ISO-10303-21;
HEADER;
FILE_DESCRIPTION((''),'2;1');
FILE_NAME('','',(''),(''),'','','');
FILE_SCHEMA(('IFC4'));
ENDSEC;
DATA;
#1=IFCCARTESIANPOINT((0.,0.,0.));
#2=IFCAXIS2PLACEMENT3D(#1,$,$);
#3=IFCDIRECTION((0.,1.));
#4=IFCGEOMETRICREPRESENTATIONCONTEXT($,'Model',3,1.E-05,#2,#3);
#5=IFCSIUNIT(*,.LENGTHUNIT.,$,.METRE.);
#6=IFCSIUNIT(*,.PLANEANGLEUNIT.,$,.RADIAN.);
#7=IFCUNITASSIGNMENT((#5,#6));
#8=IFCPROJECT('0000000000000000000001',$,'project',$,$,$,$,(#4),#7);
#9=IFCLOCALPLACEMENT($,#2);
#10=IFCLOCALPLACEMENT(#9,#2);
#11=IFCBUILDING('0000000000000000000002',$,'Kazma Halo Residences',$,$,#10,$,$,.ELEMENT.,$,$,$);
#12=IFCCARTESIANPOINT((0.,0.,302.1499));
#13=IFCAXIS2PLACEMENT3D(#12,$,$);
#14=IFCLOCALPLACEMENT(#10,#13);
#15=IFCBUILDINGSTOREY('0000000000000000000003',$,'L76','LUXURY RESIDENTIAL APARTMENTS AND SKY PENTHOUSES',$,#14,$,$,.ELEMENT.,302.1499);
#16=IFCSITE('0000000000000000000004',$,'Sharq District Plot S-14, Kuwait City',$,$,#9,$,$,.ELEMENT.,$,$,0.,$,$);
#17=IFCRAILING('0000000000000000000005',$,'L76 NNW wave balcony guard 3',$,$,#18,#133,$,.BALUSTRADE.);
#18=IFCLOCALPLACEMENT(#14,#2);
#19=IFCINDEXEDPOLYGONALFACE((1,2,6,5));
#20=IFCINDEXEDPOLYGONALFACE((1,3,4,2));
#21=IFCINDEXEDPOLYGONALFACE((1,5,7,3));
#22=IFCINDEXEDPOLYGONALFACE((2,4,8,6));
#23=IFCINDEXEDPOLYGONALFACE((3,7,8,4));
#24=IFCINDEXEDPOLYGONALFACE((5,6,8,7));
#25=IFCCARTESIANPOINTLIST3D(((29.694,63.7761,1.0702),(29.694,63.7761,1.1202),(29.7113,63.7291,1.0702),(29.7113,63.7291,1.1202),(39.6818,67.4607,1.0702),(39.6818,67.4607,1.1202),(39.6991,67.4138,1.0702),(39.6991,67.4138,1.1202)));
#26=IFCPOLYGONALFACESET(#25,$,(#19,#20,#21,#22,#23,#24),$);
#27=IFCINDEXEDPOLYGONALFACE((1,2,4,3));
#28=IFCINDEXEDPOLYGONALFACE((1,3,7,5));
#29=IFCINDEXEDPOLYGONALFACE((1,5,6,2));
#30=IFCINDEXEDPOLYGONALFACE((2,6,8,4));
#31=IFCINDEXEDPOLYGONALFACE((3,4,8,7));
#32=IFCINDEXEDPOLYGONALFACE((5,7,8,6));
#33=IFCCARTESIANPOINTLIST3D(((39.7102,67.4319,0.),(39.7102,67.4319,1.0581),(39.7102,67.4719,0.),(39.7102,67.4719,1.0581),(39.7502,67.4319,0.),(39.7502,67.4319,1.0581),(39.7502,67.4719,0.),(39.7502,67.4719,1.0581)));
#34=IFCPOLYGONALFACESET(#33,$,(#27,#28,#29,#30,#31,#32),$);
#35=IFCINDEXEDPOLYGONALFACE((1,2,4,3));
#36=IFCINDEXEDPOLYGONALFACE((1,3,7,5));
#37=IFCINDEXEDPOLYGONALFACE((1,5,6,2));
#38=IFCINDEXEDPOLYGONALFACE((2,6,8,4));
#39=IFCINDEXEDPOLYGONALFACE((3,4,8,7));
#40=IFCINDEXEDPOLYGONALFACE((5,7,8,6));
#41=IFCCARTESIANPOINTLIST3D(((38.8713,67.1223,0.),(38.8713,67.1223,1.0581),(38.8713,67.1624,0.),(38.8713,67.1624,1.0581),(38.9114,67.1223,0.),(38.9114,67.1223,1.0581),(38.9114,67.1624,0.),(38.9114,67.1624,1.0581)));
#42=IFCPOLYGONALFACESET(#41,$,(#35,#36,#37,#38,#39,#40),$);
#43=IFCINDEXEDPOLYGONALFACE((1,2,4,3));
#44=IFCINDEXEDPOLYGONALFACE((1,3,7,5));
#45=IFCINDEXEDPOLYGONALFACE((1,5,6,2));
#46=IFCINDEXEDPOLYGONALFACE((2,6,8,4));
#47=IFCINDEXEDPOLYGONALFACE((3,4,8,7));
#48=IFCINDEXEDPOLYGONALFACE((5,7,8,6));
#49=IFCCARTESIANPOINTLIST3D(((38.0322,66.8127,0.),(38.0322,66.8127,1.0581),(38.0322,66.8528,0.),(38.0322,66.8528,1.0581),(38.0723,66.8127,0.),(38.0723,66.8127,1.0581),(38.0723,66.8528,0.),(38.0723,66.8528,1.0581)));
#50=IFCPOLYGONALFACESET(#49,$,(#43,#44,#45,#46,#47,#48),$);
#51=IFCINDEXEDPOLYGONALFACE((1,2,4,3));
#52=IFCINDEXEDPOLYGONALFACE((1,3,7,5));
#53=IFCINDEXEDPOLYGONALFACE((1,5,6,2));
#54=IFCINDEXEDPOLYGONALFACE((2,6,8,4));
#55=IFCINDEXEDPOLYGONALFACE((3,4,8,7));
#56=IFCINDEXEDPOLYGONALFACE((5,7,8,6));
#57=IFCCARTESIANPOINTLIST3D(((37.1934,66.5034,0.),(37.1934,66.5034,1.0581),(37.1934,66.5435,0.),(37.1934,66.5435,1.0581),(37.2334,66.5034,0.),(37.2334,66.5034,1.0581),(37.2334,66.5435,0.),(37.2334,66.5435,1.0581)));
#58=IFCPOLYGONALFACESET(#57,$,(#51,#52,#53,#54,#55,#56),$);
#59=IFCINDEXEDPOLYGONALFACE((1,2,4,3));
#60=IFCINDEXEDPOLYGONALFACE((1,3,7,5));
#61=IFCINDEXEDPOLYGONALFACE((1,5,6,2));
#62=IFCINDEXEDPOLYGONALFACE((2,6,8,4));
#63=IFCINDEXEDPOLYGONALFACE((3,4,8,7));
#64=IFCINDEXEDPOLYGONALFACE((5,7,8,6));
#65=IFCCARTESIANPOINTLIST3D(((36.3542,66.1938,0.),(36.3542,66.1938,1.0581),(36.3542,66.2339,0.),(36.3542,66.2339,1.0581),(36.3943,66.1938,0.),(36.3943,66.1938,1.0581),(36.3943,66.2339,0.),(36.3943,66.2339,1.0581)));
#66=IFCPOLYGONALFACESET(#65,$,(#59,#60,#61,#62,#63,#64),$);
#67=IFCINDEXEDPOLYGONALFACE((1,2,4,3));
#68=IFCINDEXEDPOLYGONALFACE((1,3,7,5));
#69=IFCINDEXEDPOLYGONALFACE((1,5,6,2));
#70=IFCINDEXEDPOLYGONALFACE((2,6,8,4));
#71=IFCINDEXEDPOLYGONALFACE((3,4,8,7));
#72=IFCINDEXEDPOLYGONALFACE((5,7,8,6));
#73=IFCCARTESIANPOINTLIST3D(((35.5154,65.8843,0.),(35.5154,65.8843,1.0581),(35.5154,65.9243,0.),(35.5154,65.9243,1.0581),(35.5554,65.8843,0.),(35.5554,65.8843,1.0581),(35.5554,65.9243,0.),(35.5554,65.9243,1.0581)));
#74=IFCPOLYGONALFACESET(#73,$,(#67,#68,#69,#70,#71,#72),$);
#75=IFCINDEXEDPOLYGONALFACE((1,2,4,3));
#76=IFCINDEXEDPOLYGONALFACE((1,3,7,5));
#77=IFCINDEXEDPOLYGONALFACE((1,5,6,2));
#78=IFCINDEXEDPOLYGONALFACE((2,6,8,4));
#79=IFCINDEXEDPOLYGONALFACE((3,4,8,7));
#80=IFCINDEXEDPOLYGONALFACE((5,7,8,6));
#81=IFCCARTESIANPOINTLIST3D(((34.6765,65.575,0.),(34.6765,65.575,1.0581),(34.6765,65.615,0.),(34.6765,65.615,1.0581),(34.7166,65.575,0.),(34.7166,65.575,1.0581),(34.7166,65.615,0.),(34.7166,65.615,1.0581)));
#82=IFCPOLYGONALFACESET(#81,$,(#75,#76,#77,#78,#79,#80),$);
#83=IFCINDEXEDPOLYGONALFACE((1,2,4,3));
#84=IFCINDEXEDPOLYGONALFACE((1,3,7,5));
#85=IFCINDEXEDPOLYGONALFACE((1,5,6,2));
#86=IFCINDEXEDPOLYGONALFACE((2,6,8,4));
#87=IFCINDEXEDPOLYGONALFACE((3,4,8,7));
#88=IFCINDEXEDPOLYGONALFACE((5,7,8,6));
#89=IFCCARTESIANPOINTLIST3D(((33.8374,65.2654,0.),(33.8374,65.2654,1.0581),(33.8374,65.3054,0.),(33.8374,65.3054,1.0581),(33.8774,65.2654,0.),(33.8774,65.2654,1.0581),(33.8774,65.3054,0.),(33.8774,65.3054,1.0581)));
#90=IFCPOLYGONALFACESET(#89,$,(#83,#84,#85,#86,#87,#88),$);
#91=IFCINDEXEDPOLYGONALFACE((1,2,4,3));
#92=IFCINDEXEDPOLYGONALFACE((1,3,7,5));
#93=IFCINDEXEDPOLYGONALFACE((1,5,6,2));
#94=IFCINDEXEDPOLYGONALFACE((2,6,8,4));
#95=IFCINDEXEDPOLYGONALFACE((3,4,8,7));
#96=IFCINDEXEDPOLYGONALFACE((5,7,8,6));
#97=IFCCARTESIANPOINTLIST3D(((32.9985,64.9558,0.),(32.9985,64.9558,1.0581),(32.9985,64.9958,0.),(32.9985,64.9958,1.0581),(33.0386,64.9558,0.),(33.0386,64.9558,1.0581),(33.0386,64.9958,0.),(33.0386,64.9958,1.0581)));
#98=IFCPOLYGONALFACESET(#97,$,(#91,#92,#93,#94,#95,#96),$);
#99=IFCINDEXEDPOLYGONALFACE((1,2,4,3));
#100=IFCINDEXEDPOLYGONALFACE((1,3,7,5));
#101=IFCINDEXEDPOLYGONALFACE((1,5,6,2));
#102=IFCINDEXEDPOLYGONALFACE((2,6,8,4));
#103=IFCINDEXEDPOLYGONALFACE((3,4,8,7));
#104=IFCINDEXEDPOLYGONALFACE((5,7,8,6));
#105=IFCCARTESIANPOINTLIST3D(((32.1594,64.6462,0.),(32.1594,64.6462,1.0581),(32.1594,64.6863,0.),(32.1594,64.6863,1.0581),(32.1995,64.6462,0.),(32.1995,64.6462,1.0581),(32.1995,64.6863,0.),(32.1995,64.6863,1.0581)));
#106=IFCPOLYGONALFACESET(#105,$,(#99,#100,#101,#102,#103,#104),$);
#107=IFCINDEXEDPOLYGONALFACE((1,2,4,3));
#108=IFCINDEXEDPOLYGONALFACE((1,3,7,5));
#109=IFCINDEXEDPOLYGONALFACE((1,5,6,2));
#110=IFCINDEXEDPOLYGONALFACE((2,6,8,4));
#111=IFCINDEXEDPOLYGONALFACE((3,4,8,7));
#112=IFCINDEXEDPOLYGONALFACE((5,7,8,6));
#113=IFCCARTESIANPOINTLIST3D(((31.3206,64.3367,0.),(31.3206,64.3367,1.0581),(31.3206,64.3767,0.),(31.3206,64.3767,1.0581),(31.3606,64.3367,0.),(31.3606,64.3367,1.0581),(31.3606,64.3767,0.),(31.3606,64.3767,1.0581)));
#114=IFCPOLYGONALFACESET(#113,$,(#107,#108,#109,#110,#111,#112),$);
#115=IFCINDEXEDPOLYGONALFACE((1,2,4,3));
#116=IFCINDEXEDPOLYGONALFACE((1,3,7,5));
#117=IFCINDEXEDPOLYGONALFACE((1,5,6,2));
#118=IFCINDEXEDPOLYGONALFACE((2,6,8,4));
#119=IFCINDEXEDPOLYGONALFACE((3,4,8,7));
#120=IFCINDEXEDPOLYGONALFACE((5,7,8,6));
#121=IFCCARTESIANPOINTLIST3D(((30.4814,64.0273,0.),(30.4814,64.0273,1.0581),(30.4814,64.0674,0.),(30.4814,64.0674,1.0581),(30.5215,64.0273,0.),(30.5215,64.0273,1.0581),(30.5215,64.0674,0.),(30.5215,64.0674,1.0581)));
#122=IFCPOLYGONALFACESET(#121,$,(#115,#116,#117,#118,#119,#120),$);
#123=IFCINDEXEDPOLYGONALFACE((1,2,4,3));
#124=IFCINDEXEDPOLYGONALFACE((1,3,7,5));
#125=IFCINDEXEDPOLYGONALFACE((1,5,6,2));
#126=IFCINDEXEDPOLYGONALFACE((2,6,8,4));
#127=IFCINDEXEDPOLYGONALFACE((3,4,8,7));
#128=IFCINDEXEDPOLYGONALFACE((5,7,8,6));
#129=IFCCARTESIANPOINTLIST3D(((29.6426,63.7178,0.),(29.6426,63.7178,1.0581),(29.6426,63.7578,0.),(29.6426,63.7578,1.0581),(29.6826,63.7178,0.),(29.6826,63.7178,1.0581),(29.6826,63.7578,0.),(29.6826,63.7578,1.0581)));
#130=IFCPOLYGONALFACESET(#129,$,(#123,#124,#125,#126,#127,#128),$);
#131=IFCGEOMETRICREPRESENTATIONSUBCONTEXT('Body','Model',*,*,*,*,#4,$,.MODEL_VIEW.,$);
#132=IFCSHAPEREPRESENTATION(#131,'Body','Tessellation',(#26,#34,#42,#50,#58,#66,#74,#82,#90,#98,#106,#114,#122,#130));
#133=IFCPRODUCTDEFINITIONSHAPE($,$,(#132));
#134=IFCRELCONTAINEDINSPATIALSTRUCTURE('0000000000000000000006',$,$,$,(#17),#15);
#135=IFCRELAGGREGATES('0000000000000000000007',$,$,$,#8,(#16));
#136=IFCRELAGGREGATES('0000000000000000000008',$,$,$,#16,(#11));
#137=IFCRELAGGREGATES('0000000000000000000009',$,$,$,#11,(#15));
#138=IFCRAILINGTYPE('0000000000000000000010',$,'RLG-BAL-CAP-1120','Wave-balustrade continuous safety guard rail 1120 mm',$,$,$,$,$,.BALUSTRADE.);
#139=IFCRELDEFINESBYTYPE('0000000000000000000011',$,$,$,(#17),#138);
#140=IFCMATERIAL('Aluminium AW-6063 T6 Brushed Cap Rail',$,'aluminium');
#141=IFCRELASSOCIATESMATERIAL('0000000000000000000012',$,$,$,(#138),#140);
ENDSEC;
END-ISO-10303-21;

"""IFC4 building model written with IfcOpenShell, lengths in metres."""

from ifc_helpers import new_model, si_unit, direction, frame, origin, origin_2d, place, context, subcontext, project, spatial, rectangle, extrude, material, type_object, element, save


model = new_model("IFC4")

# Units and contexts
model_context = context("Model", 3, precision=1e-05, world=origin(), true_north=direction((0.0, 1.0)))
body_context = subcontext(model_context, "Body", "Model", "MODEL_VIEW")
ifc_project = project(units=[si_unit("LENGTHUNIT", "METRE"), si_unit("PLANEANGLEUNIT", "RADIAN")], contexts=[model_context])

# Site, building, storey
site_placement = place(None, origin())
site = spatial("IfcSite", under=ifc_project, at=site_placement, Name="Sharq District Plot S-14, Kuwait City", CompositionType="ELEMENT", RefElevation=0.0)
building_placement = place(site_placement, origin())
building = spatial("IfcBuilding", under=site, at=building_placement, Name="Kazma Halo Residences", CompositionType="ELEMENT")
storey_placement = place(building_placement, frame((0.0, 0.0, 302.1499)))
storey = spatial("IfcBuildingStorey", under=building, at=storey_placement, Name="L76", Description="LUXURY RESIDENTIAL APARTMENTS AND SKY PENTHOUSES", CompositionType="ELEMENT", Elevation=302.1499)

# Railing
ifc_material_1 = material(Name="Aluminium AW-6063 T6 Brushed Cap Rail", Category="aluminium")
railing_type = type_object("IfcRailingType", Name="RLG-BAL-CAP-1120", Description="Wave-balustrade continuous safety guard rail 1120 mm", PredefinedType="BALUSTRADE", material=ifc_material_1)
railing_placement = place(storey_placement, frame((39.7302, 67.4519, 0.0)))
element("IfcRailing", 1, at=railing_placement, inside=storey, type_object=railing_type, Name="L76 NNW wave balcony guard 3", PredefinedType="BALUSTRADE", context=body_context, shape_type="SweptSolid", body=[
    extrude(rectangle(XDim=0.05, YDim=0.05, at=origin_2d()), frame((-0.0398, -0.0146, 1.0952), z_axis=(-0.938192, -0.346114, 0.0), x_axis=(0.346114, -0.938192, 0.0)), (0.0, 0.0, 1.0), 10.6458),
    extrude(rectangle(XDim=0.04, YDim=0.04, at=origin_2d()), origin(), (0.0, 0.0, 1.0), 1.0581),
    extrude(rectangle(XDim=0.04, YDim=0.04, at=origin_2d()), frame((-0.8389, -0.3096, 0.0)), (0.0, 0.0, 1.0), 1.0581),
    extrude(rectangle(XDim=0.04, YDim=0.04, at=origin_2d()), frame((-1.678, -0.6191, 0.0)), (0.0, 0.0, 1.0), 1.0581),
    extrude(rectangle(XDim=0.04, YDim=0.04, at=origin_2d()), frame((-2.5168, -0.9285, 0.0)), (0.0, 0.0, 1.0), 1.0581),
    extrude(rectangle(XDim=0.04, YDim=0.04, at=origin_2d()), frame((-3.356, -1.238, 0.0)), (0.0, 0.0, 1.0), 1.0581),
    extrude(rectangle(XDim=0.04, YDim=0.04, at=origin_2d()), frame((-4.1948, -1.5476, 0.0)), (0.0, 0.0, 1.0), 1.0581),
    extrude(rectangle(XDim=0.04, YDim=0.04, at=origin_2d()), frame((-5.0337, -1.8569, 0.0)), (0.0, 0.0, 1.0), 1.0581),
    extrude(rectangle(XDim=0.04, YDim=0.04, at=origin_2d()), frame((-5.8728, -2.1665, 0.0)), (0.0, 0.0, 1.0), 1.0581),
    extrude(rectangle(XDim=0.04, YDim=0.04, at=origin_2d()), frame((-6.7117, -2.4761, 0.0)), (0.0, 0.0, 1.0), 1.0581),
    extrude(rectangle(XDim=0.04, YDim=0.04, at=origin_2d()), frame((-7.5508, -2.7856, 0.0)), (0.0, 0.0, 1.0), 1.0581),
    extrude(rectangle(XDim=0.04, YDim=0.04, at=origin_2d()), frame((-8.3896, -3.0952, 0.0)), (0.0, 0.0, 1.0), 1.0581),
    extrude(rectangle(XDim=0.04, YDim=0.04, at=origin_2d()), frame((-9.2288, -3.4045, 0.0)), (0.0, 0.0, 1.0), 1.0581),
    extrude(rectangle(XDim=0.04, YDim=0.04, at=origin_2d()), frame((-10.0676, -3.7141, 0.0)), (0.0, 0.0, 1.0), 1.0581),
])

save(model, "model.ifc")
